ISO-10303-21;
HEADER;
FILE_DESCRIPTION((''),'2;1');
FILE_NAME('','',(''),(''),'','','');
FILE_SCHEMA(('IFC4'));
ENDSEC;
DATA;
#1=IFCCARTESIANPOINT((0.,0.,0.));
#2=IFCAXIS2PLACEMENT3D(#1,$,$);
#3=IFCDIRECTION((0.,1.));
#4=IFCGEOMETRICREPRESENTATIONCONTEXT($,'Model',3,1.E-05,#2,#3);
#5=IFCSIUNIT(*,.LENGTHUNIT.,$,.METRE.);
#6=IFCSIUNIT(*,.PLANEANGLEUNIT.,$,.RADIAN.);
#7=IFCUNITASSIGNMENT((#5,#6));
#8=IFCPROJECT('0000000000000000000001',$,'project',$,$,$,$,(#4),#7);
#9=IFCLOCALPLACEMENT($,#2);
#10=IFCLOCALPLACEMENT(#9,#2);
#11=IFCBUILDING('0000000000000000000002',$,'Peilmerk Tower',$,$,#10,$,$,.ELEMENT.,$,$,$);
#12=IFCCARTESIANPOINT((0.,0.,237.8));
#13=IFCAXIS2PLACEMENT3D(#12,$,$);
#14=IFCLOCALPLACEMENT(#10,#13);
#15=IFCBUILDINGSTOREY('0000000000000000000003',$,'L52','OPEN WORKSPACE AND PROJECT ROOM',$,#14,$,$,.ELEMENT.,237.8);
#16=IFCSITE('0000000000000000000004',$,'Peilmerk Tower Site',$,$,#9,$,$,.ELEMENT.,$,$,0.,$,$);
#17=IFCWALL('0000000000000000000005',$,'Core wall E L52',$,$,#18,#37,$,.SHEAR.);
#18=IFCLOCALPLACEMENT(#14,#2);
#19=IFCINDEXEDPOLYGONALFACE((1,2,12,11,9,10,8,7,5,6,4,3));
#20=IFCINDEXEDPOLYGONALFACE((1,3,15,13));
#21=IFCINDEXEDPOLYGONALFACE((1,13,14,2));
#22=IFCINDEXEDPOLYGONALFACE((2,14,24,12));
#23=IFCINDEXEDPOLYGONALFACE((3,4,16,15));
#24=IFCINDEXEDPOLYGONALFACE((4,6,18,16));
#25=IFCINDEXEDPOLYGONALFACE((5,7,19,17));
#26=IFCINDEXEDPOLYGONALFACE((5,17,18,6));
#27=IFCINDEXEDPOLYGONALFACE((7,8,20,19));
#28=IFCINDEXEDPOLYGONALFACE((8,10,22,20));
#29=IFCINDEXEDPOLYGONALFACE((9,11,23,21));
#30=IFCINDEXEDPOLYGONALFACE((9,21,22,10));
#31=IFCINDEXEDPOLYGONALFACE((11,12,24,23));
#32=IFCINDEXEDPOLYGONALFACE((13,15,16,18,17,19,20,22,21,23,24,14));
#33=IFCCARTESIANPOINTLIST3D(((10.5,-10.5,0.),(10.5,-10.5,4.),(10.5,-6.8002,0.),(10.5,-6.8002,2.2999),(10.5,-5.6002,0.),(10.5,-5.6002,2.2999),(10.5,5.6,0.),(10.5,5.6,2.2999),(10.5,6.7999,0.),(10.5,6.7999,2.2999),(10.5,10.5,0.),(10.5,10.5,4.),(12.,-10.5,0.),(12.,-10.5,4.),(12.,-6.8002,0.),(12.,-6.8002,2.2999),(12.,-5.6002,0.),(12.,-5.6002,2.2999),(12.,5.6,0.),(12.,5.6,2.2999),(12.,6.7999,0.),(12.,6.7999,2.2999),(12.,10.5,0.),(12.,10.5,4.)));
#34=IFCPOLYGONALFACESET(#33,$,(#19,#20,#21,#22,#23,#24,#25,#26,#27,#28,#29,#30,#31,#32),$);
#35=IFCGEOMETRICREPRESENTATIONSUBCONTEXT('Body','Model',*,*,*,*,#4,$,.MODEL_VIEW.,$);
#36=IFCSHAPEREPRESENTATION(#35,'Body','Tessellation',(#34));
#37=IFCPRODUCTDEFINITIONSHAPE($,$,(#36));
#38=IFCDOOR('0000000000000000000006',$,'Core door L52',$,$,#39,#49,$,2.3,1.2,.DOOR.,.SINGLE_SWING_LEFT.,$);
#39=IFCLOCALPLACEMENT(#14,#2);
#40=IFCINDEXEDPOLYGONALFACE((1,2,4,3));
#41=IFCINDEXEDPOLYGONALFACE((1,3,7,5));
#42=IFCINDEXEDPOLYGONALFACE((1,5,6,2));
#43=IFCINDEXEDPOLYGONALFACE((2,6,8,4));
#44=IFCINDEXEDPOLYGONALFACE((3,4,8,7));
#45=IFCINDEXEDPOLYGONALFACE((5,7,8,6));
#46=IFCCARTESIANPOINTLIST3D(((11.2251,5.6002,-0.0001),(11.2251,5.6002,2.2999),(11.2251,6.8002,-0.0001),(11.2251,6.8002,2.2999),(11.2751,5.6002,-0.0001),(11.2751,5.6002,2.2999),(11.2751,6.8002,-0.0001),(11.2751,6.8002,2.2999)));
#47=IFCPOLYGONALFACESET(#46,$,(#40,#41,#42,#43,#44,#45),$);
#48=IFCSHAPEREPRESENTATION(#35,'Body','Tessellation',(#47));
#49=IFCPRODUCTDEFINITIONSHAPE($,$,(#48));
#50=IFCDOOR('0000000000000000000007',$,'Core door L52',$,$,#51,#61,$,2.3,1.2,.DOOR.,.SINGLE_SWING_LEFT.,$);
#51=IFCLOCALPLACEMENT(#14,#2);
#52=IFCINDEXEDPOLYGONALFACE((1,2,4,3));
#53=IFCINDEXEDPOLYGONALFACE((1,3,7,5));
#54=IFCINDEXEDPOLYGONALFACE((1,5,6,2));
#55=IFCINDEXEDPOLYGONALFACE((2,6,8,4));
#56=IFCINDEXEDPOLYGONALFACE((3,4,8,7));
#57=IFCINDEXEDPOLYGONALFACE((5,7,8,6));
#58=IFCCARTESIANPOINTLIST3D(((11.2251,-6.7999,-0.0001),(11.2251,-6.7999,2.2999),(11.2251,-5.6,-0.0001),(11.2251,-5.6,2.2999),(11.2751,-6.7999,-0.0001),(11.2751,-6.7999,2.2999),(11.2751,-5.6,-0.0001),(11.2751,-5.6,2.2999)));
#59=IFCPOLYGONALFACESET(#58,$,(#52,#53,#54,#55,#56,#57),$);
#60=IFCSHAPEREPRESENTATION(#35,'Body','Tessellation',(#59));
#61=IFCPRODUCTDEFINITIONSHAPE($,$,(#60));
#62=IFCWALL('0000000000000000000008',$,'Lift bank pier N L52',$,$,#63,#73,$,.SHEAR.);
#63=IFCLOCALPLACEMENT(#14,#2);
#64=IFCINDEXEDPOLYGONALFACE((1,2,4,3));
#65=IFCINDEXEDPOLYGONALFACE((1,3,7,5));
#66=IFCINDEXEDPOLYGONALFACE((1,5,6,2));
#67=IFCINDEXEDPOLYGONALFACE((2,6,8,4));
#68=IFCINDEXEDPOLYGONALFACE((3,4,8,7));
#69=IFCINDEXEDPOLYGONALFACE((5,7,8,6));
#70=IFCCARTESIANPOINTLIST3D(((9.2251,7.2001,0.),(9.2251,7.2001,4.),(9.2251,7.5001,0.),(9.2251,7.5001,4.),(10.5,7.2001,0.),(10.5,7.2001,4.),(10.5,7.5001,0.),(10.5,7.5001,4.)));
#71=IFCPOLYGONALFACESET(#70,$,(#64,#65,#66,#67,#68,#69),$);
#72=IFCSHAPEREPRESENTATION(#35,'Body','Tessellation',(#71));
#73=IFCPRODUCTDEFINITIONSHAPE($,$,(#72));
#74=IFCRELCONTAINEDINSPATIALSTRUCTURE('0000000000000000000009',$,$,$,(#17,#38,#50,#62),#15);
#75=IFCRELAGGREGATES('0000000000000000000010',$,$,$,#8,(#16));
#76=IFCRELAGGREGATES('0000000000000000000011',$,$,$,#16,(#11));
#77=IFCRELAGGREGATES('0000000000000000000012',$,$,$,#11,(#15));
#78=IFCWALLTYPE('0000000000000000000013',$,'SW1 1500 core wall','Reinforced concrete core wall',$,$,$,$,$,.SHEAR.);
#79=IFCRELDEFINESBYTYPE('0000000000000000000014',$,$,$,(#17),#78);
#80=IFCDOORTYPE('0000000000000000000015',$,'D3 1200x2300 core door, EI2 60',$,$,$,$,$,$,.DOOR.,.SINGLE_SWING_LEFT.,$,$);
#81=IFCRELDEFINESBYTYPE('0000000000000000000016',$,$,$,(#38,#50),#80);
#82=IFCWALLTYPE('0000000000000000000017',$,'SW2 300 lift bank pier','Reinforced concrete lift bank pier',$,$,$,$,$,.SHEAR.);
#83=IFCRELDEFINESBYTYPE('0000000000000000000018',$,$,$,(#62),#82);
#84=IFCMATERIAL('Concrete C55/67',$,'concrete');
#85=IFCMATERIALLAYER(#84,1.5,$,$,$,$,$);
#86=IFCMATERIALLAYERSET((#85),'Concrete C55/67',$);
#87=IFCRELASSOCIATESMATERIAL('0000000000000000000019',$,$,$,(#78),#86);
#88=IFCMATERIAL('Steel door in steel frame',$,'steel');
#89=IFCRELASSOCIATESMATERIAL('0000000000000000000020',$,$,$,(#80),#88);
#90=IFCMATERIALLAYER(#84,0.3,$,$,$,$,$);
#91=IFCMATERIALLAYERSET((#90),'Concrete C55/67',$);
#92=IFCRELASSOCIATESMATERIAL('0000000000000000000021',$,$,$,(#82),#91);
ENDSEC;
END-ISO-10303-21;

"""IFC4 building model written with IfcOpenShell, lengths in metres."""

from ifc_helpers import new_model, si_unit, direction, frame, frame_2d, origin, place, context, subcontext, project, spatial, rectangle, extrude, material, layer, layer_set, type_object, element, fill, save


model = new_model("IFC4")

# Units and contexts
model_context = context("Model", 3, precision=1e-05, world=origin(), true_north=direction((0.0, 1.0)))
body_context = subcontext(model_context, "Body", "Model", "MODEL_VIEW")
ifc_project = project(units=[si_unit("LENGTHUNIT", "METRE"), si_unit("PLANEANGLEUNIT", "RADIAN")], contexts=[model_context])

# Site, building, storey
site_placement = place(None, origin())
site = spatial("IfcSite", under=ifc_project, at=site_placement, Name="Peilmerk Tower Site", CompositionType="ELEMENT", RefElevation=0.0)
building_placement = place(site_placement, origin())
building = spatial("IfcBuilding", under=site, at=building_placement, Name="Peilmerk Tower", CompositionType="ELEMENT")
storey_placement = place(building_placement, frame((0.0, 0.0, 237.8)))
storey = spatial("IfcBuildingStorey", under=building, at=storey_placement, Name="L52", Description="OPEN WORKSPACE AND PROJECT ROOM", CompositionType="ELEMENT", Elevation=237.8)

# Shared definitions
ifc_material_1 = material(Name="Steel door in steel frame", Category="steel")

# Wall, openings, doors
ifc_material_2 = material(Name="Concrete C55/67", Category="concrete")
ifc_layer_1 = layer(ifc_material_2, 1.5)
ifc_layer_set_1 = layer_set([ifc_layer_1], Name="Concrete C55/67")
wall_type_1 = type_object("IfcWallType", Name="SW1 1500 core wall", Description="Reinforced concrete core wall", PredefinedType="SHEAR", material=ifc_layer_set_1)
wall_1_placement = place(storey_placement, frame((11.25, 10.5, 0.0), z_axis=(0.0, 0.0, 1.0), x_axis=(0.0, -1.0, 0.0)))
wall_1 = element("IfcWall", 1, at=wall_1_placement, inside=storey, type_object=wall_type_1, Name="Core wall E L52", PredefinedType="SHEAR", context=body_context, shape_type="SweptSolid", body=[
    extrude(rectangle(XDim=21.0, YDim=1.5, at=frame_2d((10.5, 0.0))), origin(), (0.0, 0.0, 1.0), 4.0),
])
opening_1_placement = place(wall_1_placement, frame((3.7, 0.0, 0.0)))
opening_1 = element("IfcOpeningElement", 2, at=opening_1_placement, cuts=wall_1, PredefinedType="OPENING", context=body_context, shape_type="SweptSolid", body=[
    extrude(rectangle(XDim=1.2, YDim=2.3, at=frame_2d((0.6001, 1.1499))), frame((0.0, 0.76, 0.0), z_axis=(0.0, -1.0, 0.0), x_axis=(1.0, 0.0, 0.0)), (0.0, 0.0, 1.0), 1.52),
])
opening_2_placement = place(wall_1_placement, frame((16.1001, 0.0, 0.0)))
opening_2 = element("IfcOpeningElement", 3, at=opening_2_placement, cuts=wall_1, PredefinedType="OPENING", context=body_context, shape_type="SweptSolid", body=[
    extrude(rectangle(XDim=1.2, YDim=2.3, at=frame_2d((0.6001, 1.1499))), frame((0.0, 0.76, 0.0), z_axis=(0.0, -1.0, 0.0), x_axis=(1.0, 0.0, 0.0)), (0.0, 0.0, 1.0), 1.52),
])
door_type_1 = type_object("IfcDoorType", Name="D3 1200x2300 core door, EI2 60", OperationType="SINGLE_SWING_LEFT", PredefinedType="DOOR", material=ifc_material_1)
door_1_placement = place(opening_1_placement, frame((1.2, 0.0, 0.0), z_axis=(0.0, 0.0, 1.0), x_axis=(-1.0, 0.0, 0.0)))
door_1 = element("IfcDoor", 4, at=door_1_placement, inside=storey, type_object=door_type_1, Name="Core door L52", OperationType="SINGLE_SWING_LEFT", OverallHeight=2.3, OverallWidth=1.2, PredefinedType="DOOR", context=body_context, shape_type="SweptSolid", body=[
    extrude(rectangle(XDim=1.2, YDim=2.3, at=frame_2d((0.6001, 1.1499))), frame((0.0, 0.0249, 0.0), z_axis=(0.0, -1.0, 0.0), x_axis=(1.0, 0.0, 0.0)), (0.0, 0.0, 1.0), 0.05),
])
fill(opening_1, door_1)
door_2_placement = place(opening_2_placement, frame((1.2, 0.0, 0.0), z_axis=(0.0, 0.0, 1.0), x_axis=(-1.0, 0.0, 0.0)))
door_2 = element("IfcDoor", 5, at=door_2_placement, inside=storey, type_object=door_type_1, Name="Core door L52", OperationType="SINGLE_SWING_LEFT", OverallHeight=2.3, OverallWidth=1.2, PredefinedType="DOOR", context=body_context, shape_type="SweptSolid", body=[
    extrude(rectangle(XDim=1.2, YDim=2.3, at=frame_2d((0.6001, 1.1499))), frame((0.0, 0.0249, 0.0), z_axis=(0.0, -1.0, 0.0), x_axis=(1.0, 0.0, 0.0)), (0.0, 0.0, 1.0), 0.05),
])
fill(opening_2, door_2)

# Wall
ifc_layer_2 = layer(ifc_material_2, 0.3)
ifc_layer_set_2 = layer_set([ifc_layer_2], Name="Concrete C55/67")
wall_type_2 = type_object("IfcWallType", Name="SW2 300 lift bank pier", Description="Reinforced concrete lift bank pier", PredefinedType="SHEAR", material=ifc_layer_set_2)
wall_2_placement = place(storey_placement, frame((9.2251, 7.3501, 0.0), z_axis=(0.0, 0.0, 1.0), x_axis=(1.0, 0.0, 0.0)))
element("IfcWall", 6, at=wall_2_placement, inside=storey, type_object=wall_type_2, Name="Lift bank pier N L52", PredefinedType="SHEAR", context=body_context, shape_type="SweptSolid", body=[
    extrude(rectangle(XDim=1.2749, YDim=0.3, at=frame_2d((0.6375, 0.0))), origin(), (0.0, 0.0, 1.0), 4.0),
])

save(model, "model.ifc")
